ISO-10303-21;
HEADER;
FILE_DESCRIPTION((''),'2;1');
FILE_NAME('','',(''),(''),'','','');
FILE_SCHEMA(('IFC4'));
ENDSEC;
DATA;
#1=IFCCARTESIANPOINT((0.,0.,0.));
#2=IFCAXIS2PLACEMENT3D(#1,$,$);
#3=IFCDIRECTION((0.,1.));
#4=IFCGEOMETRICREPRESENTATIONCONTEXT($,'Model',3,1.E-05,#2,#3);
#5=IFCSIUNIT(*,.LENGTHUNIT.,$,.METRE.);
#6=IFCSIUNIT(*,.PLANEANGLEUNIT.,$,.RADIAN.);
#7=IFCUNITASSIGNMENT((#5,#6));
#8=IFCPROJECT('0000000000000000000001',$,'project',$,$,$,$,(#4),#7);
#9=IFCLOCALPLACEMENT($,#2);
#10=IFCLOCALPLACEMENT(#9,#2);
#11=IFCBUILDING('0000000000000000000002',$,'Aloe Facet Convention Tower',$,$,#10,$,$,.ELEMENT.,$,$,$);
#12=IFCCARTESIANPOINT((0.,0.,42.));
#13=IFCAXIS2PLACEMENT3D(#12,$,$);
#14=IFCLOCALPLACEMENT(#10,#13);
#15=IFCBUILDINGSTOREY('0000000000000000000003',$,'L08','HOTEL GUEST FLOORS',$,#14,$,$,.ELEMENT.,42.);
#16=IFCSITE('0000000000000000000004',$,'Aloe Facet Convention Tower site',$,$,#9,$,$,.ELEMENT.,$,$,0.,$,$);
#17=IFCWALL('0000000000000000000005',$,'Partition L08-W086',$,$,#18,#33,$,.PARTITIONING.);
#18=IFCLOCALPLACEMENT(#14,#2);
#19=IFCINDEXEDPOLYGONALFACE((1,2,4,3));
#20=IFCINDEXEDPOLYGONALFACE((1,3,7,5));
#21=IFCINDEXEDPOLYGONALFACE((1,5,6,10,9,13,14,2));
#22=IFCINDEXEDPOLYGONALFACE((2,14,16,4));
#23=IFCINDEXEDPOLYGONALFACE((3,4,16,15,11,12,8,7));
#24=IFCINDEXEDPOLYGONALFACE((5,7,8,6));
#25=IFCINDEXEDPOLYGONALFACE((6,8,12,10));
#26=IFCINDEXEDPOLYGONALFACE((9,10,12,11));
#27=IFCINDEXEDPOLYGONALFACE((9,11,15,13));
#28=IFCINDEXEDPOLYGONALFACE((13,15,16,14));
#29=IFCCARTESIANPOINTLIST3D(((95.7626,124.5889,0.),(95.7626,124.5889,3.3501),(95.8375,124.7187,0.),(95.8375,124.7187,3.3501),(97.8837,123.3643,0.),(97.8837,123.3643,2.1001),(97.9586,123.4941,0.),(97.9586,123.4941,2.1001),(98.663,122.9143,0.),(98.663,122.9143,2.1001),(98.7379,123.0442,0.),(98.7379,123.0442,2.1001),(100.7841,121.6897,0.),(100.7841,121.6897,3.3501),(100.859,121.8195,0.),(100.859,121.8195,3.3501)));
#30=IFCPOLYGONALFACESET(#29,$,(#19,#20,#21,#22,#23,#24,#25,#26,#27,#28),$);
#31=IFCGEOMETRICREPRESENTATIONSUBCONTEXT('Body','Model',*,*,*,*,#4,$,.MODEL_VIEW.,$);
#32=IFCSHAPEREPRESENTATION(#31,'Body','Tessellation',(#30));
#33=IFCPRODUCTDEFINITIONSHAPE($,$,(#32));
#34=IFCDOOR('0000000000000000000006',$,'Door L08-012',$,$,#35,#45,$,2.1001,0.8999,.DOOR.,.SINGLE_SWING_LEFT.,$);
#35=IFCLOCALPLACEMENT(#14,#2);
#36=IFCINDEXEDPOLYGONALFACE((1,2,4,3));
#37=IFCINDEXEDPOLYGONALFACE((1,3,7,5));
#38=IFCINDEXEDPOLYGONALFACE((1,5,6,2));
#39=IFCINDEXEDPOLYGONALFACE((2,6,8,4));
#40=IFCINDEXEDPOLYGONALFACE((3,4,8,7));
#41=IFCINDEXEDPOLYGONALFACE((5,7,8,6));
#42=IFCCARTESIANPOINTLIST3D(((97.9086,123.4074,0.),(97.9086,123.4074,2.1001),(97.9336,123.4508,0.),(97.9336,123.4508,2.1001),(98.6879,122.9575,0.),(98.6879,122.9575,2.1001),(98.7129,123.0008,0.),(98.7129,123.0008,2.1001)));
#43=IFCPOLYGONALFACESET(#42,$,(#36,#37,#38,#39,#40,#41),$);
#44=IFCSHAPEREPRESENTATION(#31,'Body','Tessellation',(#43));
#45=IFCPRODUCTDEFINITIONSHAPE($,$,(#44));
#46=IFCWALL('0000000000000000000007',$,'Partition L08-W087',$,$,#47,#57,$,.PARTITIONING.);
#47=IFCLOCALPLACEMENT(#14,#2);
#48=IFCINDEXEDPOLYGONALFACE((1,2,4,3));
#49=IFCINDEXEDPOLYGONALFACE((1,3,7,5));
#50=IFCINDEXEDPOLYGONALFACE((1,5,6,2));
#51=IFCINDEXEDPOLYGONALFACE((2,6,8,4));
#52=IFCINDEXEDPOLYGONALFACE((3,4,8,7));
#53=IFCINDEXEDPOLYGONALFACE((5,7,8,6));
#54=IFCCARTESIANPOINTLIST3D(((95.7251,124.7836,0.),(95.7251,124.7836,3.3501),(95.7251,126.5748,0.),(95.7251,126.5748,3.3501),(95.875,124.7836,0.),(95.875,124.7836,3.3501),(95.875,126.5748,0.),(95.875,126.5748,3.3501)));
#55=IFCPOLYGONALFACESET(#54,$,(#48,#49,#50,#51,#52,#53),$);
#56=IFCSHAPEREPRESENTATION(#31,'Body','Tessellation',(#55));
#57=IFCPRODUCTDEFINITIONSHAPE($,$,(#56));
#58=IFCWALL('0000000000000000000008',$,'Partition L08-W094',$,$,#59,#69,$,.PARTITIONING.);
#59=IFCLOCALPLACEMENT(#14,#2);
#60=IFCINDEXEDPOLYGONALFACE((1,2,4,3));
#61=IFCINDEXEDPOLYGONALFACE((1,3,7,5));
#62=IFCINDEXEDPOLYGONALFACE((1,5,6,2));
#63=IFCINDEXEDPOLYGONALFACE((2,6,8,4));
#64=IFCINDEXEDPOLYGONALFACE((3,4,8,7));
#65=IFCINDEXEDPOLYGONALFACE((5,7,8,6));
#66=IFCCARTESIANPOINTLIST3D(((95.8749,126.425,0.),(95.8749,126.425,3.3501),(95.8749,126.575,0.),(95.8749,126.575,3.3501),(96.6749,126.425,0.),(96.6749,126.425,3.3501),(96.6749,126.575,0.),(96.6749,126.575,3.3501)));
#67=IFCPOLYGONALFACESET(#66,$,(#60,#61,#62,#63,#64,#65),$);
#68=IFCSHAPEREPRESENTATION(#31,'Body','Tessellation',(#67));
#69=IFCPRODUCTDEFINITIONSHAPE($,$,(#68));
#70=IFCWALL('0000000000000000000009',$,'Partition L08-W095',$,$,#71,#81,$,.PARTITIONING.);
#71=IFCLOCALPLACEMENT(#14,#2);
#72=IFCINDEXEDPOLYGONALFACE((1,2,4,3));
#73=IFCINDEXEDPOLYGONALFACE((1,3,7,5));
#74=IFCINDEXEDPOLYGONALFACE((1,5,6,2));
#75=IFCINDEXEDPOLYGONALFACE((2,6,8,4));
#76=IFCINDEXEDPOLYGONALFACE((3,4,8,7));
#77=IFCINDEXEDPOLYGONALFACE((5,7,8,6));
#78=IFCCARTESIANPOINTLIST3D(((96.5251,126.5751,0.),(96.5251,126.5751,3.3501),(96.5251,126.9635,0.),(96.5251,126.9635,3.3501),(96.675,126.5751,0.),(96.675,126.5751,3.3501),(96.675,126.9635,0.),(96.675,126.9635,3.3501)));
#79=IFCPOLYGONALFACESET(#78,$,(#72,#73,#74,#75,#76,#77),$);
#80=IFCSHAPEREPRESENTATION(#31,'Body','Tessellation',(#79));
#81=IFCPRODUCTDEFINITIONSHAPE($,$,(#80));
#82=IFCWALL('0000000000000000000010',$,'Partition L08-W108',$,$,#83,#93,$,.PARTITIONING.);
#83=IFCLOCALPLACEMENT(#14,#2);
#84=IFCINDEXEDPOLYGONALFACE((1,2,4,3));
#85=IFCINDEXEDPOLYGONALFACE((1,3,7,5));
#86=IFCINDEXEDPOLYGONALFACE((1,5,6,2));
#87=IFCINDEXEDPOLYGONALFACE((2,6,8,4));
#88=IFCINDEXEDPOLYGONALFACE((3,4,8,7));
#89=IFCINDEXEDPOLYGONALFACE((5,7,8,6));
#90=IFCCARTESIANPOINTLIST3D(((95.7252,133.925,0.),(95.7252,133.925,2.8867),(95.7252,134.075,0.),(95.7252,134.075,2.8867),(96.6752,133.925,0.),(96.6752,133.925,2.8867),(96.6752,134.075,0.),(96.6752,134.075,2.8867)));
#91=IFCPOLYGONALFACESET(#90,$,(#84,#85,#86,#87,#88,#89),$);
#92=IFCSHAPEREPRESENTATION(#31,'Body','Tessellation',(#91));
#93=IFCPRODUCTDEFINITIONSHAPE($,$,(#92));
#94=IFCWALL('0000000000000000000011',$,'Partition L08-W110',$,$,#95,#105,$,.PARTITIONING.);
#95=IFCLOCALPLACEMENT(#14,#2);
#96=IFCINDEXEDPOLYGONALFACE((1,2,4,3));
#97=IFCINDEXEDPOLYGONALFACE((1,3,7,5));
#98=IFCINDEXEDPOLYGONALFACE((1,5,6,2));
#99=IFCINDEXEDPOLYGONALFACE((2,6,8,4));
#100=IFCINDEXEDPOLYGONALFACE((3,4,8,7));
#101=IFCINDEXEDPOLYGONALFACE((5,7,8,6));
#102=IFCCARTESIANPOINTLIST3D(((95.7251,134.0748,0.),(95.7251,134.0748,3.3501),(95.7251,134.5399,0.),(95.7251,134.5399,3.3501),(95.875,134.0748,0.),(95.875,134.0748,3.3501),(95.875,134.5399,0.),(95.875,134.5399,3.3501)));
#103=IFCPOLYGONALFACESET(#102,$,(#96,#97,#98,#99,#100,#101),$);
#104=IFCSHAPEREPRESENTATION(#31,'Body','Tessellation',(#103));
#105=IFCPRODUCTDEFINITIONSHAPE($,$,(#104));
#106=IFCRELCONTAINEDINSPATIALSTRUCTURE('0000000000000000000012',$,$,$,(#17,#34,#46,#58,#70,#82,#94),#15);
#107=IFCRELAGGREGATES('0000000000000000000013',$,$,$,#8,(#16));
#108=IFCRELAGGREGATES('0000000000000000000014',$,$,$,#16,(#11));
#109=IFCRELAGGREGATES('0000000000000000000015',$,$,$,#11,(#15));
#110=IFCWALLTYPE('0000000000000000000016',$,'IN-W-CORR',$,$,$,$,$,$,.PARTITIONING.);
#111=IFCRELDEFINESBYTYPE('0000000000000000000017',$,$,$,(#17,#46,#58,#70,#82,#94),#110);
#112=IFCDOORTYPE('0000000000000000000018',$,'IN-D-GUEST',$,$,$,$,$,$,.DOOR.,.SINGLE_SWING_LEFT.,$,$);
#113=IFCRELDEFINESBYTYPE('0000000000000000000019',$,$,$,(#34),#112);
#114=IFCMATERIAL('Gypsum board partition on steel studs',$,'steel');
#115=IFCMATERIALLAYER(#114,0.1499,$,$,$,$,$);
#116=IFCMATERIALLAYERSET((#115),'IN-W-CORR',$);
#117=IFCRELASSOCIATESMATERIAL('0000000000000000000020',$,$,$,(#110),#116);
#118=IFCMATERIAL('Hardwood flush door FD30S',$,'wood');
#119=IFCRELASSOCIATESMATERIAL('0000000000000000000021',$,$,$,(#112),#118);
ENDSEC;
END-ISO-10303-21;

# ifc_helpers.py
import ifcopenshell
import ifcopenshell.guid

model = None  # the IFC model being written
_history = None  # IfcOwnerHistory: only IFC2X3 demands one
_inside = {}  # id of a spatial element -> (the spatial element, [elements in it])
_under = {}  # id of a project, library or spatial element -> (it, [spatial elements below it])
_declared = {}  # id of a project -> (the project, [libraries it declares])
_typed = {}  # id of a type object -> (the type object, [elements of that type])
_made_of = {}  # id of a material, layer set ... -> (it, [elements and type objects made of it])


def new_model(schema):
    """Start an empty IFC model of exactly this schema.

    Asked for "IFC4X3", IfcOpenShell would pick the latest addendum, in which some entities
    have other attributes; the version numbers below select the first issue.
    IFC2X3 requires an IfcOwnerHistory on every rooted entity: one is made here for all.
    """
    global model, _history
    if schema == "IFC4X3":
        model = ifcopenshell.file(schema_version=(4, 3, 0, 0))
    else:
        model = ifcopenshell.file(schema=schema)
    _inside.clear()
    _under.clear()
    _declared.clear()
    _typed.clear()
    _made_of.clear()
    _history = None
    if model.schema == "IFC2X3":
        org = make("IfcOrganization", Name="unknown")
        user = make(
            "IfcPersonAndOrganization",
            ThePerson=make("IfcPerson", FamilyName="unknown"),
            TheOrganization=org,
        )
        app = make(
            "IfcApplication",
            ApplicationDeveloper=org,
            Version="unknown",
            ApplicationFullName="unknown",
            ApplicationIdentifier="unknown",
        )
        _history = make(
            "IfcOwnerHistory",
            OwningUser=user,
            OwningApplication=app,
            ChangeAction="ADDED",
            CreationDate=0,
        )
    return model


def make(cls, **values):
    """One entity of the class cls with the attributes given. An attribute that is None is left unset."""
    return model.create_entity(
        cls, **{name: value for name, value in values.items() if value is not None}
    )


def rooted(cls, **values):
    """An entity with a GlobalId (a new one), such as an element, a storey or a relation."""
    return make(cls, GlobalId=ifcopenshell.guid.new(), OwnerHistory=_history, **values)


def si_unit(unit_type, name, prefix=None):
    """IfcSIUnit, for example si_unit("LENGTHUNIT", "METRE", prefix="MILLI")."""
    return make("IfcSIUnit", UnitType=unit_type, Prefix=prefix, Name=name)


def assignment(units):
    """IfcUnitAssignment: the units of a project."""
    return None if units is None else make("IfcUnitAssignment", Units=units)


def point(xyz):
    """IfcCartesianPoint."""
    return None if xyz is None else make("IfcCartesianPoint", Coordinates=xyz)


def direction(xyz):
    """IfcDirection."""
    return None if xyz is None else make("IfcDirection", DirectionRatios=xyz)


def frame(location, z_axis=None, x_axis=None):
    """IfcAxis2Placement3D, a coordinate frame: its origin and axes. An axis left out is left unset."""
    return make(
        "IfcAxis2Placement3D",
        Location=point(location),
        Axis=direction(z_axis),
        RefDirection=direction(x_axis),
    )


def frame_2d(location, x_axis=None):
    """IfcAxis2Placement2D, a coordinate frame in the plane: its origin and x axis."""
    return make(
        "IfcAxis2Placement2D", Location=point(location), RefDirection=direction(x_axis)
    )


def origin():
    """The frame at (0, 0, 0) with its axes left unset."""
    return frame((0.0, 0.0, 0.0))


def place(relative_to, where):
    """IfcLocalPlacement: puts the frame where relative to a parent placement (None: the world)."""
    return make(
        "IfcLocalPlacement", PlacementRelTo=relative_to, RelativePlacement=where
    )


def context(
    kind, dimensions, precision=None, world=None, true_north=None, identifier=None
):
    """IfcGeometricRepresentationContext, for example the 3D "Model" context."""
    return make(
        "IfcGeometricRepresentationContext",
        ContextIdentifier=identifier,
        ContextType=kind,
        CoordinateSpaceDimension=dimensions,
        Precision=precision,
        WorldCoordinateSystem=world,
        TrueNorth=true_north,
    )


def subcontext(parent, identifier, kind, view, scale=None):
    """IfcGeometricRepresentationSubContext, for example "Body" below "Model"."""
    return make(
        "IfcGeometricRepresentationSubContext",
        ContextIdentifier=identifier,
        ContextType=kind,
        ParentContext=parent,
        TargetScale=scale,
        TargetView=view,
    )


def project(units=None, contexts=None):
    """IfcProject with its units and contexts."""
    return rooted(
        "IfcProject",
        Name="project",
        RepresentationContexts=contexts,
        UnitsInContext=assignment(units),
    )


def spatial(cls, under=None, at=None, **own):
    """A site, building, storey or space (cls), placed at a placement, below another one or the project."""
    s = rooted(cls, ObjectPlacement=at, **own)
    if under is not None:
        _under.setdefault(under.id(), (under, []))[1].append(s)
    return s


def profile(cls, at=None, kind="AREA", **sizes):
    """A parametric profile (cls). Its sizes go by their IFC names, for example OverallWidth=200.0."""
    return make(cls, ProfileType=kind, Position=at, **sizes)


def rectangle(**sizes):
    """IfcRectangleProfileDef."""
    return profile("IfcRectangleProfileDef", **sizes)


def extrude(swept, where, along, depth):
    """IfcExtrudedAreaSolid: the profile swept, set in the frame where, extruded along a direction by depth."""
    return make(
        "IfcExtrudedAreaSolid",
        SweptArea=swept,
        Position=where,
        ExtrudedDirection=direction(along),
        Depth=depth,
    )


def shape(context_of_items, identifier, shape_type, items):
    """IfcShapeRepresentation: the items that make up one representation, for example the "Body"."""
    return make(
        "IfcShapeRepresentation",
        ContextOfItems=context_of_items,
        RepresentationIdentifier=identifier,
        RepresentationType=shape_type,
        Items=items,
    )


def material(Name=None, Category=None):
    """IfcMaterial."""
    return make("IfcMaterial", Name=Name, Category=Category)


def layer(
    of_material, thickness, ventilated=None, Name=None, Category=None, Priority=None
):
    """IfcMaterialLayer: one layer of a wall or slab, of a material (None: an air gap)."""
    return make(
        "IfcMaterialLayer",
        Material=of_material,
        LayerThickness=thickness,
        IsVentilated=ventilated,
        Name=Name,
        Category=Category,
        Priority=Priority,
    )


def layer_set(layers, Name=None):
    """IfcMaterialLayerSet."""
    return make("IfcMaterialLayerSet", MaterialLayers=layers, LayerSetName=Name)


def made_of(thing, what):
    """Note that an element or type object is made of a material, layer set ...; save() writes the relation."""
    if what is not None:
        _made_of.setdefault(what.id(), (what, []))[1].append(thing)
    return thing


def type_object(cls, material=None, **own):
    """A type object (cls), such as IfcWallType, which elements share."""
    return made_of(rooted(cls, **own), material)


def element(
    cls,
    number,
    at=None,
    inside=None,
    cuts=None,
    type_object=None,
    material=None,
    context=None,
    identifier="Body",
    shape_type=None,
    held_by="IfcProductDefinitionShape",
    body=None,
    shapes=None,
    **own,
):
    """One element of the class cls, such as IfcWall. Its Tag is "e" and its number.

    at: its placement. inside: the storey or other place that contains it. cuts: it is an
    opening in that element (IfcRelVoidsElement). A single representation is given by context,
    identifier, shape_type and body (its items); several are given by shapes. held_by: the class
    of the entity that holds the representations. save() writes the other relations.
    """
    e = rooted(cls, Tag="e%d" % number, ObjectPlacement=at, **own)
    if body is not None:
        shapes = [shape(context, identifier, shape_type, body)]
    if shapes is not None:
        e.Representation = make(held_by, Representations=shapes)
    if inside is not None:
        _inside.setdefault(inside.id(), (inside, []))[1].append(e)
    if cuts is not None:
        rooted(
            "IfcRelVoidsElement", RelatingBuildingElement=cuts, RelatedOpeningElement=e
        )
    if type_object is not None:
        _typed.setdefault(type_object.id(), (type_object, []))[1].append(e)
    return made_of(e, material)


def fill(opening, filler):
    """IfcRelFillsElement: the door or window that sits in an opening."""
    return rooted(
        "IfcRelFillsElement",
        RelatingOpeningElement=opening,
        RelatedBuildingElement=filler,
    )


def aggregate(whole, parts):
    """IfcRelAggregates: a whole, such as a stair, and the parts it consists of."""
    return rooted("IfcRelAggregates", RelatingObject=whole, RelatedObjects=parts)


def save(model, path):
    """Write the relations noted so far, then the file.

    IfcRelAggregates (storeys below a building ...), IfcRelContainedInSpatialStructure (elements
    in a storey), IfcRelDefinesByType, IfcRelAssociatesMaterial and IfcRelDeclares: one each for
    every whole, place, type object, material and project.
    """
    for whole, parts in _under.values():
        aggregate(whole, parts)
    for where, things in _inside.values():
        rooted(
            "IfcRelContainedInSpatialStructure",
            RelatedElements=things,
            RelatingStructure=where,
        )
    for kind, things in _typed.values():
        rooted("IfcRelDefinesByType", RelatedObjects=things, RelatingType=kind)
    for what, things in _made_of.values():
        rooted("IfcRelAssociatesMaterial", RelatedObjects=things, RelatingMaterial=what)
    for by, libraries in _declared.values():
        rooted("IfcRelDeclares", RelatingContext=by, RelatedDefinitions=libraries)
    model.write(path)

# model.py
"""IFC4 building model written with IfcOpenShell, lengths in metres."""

from ifc_helpers import new_model, si_unit, direction, frame, frame_2d, origin, place, context, subcontext, project, spatial, rectangle, extrude, material, layer, layer_set, type_object, element, fill, save


model = new_model("IFC4")

# Units and contexts
model_context = context("Model", 3, precision=1e-05, world=origin(), true_north=direction((0.0, 1.0)))
body_context = subcontext(model_context, "Body", "Model", "MODEL_VIEW")
ifc_project = project(units=[si_unit("LENGTHUNIT", "METRE"), si_unit("PLANEANGLEUNIT", "RADIAN")], contexts=[model_context])

# Site, building, storey
site_placement = place(None, origin())
site = spatial("IfcSite", under=ifc_project, at=site_placement, Name="Aloe Facet Convention Tower site", CompositionType="ELEMENT", RefElevation=0.0)
building_placement = place(site_placement, origin())
building = spatial("IfcBuilding", under=site, at=building_placement, Name="Aloe Facet Convention Tower", CompositionType="ELEMENT")
storey_placement = place(building_placement, frame((0.0, 0.0, 42.0)))
storey = spatial("IfcBuildingStorey", under=building, at=storey_placement, Name="L08", Description="HOTEL GUEST FLOORS", CompositionType="ELEMENT", Elevation=42.0)

# Wall, opening, door
ifc_material_1 = material(Name="Gypsum board partition on steel studs", Category="steel")
ifc_layer_1 = layer(ifc_material_1, 0.1499)
ifc_layer_set_1 = layer_set([ifc_layer_1], Name="IN-W-CORR")
wall_type_1 = type_object("IfcWallType", Name="IN-W-CORR", PredefinedType="PARTITIONING", material=ifc_layer_set_1)
wall_1_placement = place(storey_placement, frame((95.8, 124.6538, 0.0), z_axis=(0.0, 0.0, 1.0), x_axis=(0.866024, -0.500002, 0.0)))
wall_1 = element("IfcWall", 1, at=wall_1_placement, inside=storey, type_object=wall_type_1, Name="Partition L08-W086", PredefinedType="PARTITIONING", context=body_context, shape_type="SweptSolid", body=[
    extrude(rectangle(XDim=5.7983, YDim=0.1499, at=frame_2d((2.8992, 0.0))), origin(), (0.0, 0.0, 1.0), 3.3501),
])
opening_1_placement = place(wall_1_placement, frame((2.4492, 0.0, 0.0)))
opening_1 = element("IfcOpeningElement", 2, at=opening_1_placement, cuts=wall_1, PredefinedType="OPENING", context=body_context, shape_type="SweptSolid", body=[
    extrude(rectangle(XDim=0.8999, YDim=2.1001, at=frame_2d((0.45, 1.05))), frame((0.0, 0.085, 0.0), z_axis=(0.0, -1.0, 0.0), x_axis=(1.0, 0.0, 0.0)), (0.0, 0.0, 1.0), 0.1699),
])
ifc_material_2 = material(Name="Hardwood flush door FD30S", Category="wood")
door_type_1 = type_object("IfcDoorType", Name="IN-D-GUEST", OperationType="SINGLE_SWING_LEFT", PredefinedType="DOOR", material=ifc_material_2)
door_1_placement = place(opening_1_placement, origin())
door_1 = element("IfcDoor", 3, at=door_1_placement, inside=storey, type_object=door_type_1, Name="Door L08-012", OperationType="SINGLE_SWING_LEFT", OverallHeight=2.1001, OverallWidth=0.8999, PredefinedType="DOOR", context=body_context, shape_type="SweptSolid", body=[
    extrude(rectangle(XDim=0.8999, YDim=2.1001, at=frame_2d((0.45, 1.05))), frame((0.0, 0.0249, 0.0), z_axis=(0.0, -1.0, 0.0), x_axis=(1.0, 0.0, 0.0)), (0.0, 0.0, 1.0), 0.05),
])
fill(opening_1, door_1)

# Walls
wall_2_placement = place(storey_placement, frame((95.8, 124.7837, 0.0), z_axis=(0.0, 0.0, 1.0), x_axis=(0.0, 1.0, 0.0)))
element("IfcWall", 4, at=wall_2_placement, inside=storey, type_object=wall_type_1, Name="Partition L08-W087", PredefinedType="PARTITIONING", context=body_context, shape_type="SweptSolid", body=[
    extrude(rectangle(XDim=1.7913, YDim=0.1499, at=frame_2d((0.8955, 0.0))), origin(), (0.0, 0.0, 1.0), 3.3501),
])
wall_3_placement = place(storey_placement, frame((95.875, 126.5, 0.0), z_axis=(0.0, 0.0, 1.0), x_axis=(1.0, 0.0, 0.0)))
element("IfcWall", 5, at=wall_3_placement, inside=storey, type_object=wall_type_1, Name="Partition L08-W094", PredefinedType="PARTITIONING", context=body_context, shape_type="SweptSolid", body=[
    extrude(rectangle(XDim=0.8, YDim=0.1499, at=frame_2d((0.3999, 0.0))), origin(), (0.0, 0.0, 1.0), 3.3501),
])
wall_4_placement = place(storey_placement, frame((96.6001, 126.575, 0.0), z_axis=(0.0, 0.0, 1.0), x_axis=(0.0, 1.0, 0.0)))
element("IfcWall", 6, at=wall_4_placement, inside=storey, type_object=wall_type_1, Name="Partition L08-W095", PredefinedType="PARTITIONING", context=body_context, shape_type="SweptSolid", body=[
    extrude(rectangle(XDim=0.3884, YDim=0.1499, at=frame_2d((0.1943, 0.0))), origin(), (0.0, 0.0, 1.0), 3.3501),
])
wall_5_placement = place(storey_placement, frame((95.7251, 134.0, 0.0), z_axis=(0.0, 0.0, 1.0), x_axis=(1.0, 0.0, 0.0)))
element("IfcWall", 7, at=wall_5_placement, inside=storey, type_object=wall_type_1, Name="Partition L08-W108", PredefinedType="PARTITIONING", context=body_context, shape_type="SweptSolid", body=[
    extrude(rectangle(XDim=0.95, YDim=0.1499, at=frame_2d((0.4751, 0.0))), origin(), (0.0, 0.0, 1.0), 2.8867),
])
wall_6_placement = place(storey_placement, frame((95.8, 134.075, 0.0), z_axis=(0.0, 0.0, 1.0), x_axis=(0.0, 1.0, 0.0)))
element("IfcWall", 8, at=wall_6_placement, inside=storey, type_object=wall_type_1, Name="Partition L08-W110", PredefinedType="PARTITIONING", context=body_context, shape_type="SweptSolid", body=[
    extrude(rectangle(XDim=0.4651, YDim=0.1499, at=frame_2d((0.2324, 0.0))), origin(), (0.0, 0.0, 1.0), 3.3501),
])

save(model, "model.ifc")
